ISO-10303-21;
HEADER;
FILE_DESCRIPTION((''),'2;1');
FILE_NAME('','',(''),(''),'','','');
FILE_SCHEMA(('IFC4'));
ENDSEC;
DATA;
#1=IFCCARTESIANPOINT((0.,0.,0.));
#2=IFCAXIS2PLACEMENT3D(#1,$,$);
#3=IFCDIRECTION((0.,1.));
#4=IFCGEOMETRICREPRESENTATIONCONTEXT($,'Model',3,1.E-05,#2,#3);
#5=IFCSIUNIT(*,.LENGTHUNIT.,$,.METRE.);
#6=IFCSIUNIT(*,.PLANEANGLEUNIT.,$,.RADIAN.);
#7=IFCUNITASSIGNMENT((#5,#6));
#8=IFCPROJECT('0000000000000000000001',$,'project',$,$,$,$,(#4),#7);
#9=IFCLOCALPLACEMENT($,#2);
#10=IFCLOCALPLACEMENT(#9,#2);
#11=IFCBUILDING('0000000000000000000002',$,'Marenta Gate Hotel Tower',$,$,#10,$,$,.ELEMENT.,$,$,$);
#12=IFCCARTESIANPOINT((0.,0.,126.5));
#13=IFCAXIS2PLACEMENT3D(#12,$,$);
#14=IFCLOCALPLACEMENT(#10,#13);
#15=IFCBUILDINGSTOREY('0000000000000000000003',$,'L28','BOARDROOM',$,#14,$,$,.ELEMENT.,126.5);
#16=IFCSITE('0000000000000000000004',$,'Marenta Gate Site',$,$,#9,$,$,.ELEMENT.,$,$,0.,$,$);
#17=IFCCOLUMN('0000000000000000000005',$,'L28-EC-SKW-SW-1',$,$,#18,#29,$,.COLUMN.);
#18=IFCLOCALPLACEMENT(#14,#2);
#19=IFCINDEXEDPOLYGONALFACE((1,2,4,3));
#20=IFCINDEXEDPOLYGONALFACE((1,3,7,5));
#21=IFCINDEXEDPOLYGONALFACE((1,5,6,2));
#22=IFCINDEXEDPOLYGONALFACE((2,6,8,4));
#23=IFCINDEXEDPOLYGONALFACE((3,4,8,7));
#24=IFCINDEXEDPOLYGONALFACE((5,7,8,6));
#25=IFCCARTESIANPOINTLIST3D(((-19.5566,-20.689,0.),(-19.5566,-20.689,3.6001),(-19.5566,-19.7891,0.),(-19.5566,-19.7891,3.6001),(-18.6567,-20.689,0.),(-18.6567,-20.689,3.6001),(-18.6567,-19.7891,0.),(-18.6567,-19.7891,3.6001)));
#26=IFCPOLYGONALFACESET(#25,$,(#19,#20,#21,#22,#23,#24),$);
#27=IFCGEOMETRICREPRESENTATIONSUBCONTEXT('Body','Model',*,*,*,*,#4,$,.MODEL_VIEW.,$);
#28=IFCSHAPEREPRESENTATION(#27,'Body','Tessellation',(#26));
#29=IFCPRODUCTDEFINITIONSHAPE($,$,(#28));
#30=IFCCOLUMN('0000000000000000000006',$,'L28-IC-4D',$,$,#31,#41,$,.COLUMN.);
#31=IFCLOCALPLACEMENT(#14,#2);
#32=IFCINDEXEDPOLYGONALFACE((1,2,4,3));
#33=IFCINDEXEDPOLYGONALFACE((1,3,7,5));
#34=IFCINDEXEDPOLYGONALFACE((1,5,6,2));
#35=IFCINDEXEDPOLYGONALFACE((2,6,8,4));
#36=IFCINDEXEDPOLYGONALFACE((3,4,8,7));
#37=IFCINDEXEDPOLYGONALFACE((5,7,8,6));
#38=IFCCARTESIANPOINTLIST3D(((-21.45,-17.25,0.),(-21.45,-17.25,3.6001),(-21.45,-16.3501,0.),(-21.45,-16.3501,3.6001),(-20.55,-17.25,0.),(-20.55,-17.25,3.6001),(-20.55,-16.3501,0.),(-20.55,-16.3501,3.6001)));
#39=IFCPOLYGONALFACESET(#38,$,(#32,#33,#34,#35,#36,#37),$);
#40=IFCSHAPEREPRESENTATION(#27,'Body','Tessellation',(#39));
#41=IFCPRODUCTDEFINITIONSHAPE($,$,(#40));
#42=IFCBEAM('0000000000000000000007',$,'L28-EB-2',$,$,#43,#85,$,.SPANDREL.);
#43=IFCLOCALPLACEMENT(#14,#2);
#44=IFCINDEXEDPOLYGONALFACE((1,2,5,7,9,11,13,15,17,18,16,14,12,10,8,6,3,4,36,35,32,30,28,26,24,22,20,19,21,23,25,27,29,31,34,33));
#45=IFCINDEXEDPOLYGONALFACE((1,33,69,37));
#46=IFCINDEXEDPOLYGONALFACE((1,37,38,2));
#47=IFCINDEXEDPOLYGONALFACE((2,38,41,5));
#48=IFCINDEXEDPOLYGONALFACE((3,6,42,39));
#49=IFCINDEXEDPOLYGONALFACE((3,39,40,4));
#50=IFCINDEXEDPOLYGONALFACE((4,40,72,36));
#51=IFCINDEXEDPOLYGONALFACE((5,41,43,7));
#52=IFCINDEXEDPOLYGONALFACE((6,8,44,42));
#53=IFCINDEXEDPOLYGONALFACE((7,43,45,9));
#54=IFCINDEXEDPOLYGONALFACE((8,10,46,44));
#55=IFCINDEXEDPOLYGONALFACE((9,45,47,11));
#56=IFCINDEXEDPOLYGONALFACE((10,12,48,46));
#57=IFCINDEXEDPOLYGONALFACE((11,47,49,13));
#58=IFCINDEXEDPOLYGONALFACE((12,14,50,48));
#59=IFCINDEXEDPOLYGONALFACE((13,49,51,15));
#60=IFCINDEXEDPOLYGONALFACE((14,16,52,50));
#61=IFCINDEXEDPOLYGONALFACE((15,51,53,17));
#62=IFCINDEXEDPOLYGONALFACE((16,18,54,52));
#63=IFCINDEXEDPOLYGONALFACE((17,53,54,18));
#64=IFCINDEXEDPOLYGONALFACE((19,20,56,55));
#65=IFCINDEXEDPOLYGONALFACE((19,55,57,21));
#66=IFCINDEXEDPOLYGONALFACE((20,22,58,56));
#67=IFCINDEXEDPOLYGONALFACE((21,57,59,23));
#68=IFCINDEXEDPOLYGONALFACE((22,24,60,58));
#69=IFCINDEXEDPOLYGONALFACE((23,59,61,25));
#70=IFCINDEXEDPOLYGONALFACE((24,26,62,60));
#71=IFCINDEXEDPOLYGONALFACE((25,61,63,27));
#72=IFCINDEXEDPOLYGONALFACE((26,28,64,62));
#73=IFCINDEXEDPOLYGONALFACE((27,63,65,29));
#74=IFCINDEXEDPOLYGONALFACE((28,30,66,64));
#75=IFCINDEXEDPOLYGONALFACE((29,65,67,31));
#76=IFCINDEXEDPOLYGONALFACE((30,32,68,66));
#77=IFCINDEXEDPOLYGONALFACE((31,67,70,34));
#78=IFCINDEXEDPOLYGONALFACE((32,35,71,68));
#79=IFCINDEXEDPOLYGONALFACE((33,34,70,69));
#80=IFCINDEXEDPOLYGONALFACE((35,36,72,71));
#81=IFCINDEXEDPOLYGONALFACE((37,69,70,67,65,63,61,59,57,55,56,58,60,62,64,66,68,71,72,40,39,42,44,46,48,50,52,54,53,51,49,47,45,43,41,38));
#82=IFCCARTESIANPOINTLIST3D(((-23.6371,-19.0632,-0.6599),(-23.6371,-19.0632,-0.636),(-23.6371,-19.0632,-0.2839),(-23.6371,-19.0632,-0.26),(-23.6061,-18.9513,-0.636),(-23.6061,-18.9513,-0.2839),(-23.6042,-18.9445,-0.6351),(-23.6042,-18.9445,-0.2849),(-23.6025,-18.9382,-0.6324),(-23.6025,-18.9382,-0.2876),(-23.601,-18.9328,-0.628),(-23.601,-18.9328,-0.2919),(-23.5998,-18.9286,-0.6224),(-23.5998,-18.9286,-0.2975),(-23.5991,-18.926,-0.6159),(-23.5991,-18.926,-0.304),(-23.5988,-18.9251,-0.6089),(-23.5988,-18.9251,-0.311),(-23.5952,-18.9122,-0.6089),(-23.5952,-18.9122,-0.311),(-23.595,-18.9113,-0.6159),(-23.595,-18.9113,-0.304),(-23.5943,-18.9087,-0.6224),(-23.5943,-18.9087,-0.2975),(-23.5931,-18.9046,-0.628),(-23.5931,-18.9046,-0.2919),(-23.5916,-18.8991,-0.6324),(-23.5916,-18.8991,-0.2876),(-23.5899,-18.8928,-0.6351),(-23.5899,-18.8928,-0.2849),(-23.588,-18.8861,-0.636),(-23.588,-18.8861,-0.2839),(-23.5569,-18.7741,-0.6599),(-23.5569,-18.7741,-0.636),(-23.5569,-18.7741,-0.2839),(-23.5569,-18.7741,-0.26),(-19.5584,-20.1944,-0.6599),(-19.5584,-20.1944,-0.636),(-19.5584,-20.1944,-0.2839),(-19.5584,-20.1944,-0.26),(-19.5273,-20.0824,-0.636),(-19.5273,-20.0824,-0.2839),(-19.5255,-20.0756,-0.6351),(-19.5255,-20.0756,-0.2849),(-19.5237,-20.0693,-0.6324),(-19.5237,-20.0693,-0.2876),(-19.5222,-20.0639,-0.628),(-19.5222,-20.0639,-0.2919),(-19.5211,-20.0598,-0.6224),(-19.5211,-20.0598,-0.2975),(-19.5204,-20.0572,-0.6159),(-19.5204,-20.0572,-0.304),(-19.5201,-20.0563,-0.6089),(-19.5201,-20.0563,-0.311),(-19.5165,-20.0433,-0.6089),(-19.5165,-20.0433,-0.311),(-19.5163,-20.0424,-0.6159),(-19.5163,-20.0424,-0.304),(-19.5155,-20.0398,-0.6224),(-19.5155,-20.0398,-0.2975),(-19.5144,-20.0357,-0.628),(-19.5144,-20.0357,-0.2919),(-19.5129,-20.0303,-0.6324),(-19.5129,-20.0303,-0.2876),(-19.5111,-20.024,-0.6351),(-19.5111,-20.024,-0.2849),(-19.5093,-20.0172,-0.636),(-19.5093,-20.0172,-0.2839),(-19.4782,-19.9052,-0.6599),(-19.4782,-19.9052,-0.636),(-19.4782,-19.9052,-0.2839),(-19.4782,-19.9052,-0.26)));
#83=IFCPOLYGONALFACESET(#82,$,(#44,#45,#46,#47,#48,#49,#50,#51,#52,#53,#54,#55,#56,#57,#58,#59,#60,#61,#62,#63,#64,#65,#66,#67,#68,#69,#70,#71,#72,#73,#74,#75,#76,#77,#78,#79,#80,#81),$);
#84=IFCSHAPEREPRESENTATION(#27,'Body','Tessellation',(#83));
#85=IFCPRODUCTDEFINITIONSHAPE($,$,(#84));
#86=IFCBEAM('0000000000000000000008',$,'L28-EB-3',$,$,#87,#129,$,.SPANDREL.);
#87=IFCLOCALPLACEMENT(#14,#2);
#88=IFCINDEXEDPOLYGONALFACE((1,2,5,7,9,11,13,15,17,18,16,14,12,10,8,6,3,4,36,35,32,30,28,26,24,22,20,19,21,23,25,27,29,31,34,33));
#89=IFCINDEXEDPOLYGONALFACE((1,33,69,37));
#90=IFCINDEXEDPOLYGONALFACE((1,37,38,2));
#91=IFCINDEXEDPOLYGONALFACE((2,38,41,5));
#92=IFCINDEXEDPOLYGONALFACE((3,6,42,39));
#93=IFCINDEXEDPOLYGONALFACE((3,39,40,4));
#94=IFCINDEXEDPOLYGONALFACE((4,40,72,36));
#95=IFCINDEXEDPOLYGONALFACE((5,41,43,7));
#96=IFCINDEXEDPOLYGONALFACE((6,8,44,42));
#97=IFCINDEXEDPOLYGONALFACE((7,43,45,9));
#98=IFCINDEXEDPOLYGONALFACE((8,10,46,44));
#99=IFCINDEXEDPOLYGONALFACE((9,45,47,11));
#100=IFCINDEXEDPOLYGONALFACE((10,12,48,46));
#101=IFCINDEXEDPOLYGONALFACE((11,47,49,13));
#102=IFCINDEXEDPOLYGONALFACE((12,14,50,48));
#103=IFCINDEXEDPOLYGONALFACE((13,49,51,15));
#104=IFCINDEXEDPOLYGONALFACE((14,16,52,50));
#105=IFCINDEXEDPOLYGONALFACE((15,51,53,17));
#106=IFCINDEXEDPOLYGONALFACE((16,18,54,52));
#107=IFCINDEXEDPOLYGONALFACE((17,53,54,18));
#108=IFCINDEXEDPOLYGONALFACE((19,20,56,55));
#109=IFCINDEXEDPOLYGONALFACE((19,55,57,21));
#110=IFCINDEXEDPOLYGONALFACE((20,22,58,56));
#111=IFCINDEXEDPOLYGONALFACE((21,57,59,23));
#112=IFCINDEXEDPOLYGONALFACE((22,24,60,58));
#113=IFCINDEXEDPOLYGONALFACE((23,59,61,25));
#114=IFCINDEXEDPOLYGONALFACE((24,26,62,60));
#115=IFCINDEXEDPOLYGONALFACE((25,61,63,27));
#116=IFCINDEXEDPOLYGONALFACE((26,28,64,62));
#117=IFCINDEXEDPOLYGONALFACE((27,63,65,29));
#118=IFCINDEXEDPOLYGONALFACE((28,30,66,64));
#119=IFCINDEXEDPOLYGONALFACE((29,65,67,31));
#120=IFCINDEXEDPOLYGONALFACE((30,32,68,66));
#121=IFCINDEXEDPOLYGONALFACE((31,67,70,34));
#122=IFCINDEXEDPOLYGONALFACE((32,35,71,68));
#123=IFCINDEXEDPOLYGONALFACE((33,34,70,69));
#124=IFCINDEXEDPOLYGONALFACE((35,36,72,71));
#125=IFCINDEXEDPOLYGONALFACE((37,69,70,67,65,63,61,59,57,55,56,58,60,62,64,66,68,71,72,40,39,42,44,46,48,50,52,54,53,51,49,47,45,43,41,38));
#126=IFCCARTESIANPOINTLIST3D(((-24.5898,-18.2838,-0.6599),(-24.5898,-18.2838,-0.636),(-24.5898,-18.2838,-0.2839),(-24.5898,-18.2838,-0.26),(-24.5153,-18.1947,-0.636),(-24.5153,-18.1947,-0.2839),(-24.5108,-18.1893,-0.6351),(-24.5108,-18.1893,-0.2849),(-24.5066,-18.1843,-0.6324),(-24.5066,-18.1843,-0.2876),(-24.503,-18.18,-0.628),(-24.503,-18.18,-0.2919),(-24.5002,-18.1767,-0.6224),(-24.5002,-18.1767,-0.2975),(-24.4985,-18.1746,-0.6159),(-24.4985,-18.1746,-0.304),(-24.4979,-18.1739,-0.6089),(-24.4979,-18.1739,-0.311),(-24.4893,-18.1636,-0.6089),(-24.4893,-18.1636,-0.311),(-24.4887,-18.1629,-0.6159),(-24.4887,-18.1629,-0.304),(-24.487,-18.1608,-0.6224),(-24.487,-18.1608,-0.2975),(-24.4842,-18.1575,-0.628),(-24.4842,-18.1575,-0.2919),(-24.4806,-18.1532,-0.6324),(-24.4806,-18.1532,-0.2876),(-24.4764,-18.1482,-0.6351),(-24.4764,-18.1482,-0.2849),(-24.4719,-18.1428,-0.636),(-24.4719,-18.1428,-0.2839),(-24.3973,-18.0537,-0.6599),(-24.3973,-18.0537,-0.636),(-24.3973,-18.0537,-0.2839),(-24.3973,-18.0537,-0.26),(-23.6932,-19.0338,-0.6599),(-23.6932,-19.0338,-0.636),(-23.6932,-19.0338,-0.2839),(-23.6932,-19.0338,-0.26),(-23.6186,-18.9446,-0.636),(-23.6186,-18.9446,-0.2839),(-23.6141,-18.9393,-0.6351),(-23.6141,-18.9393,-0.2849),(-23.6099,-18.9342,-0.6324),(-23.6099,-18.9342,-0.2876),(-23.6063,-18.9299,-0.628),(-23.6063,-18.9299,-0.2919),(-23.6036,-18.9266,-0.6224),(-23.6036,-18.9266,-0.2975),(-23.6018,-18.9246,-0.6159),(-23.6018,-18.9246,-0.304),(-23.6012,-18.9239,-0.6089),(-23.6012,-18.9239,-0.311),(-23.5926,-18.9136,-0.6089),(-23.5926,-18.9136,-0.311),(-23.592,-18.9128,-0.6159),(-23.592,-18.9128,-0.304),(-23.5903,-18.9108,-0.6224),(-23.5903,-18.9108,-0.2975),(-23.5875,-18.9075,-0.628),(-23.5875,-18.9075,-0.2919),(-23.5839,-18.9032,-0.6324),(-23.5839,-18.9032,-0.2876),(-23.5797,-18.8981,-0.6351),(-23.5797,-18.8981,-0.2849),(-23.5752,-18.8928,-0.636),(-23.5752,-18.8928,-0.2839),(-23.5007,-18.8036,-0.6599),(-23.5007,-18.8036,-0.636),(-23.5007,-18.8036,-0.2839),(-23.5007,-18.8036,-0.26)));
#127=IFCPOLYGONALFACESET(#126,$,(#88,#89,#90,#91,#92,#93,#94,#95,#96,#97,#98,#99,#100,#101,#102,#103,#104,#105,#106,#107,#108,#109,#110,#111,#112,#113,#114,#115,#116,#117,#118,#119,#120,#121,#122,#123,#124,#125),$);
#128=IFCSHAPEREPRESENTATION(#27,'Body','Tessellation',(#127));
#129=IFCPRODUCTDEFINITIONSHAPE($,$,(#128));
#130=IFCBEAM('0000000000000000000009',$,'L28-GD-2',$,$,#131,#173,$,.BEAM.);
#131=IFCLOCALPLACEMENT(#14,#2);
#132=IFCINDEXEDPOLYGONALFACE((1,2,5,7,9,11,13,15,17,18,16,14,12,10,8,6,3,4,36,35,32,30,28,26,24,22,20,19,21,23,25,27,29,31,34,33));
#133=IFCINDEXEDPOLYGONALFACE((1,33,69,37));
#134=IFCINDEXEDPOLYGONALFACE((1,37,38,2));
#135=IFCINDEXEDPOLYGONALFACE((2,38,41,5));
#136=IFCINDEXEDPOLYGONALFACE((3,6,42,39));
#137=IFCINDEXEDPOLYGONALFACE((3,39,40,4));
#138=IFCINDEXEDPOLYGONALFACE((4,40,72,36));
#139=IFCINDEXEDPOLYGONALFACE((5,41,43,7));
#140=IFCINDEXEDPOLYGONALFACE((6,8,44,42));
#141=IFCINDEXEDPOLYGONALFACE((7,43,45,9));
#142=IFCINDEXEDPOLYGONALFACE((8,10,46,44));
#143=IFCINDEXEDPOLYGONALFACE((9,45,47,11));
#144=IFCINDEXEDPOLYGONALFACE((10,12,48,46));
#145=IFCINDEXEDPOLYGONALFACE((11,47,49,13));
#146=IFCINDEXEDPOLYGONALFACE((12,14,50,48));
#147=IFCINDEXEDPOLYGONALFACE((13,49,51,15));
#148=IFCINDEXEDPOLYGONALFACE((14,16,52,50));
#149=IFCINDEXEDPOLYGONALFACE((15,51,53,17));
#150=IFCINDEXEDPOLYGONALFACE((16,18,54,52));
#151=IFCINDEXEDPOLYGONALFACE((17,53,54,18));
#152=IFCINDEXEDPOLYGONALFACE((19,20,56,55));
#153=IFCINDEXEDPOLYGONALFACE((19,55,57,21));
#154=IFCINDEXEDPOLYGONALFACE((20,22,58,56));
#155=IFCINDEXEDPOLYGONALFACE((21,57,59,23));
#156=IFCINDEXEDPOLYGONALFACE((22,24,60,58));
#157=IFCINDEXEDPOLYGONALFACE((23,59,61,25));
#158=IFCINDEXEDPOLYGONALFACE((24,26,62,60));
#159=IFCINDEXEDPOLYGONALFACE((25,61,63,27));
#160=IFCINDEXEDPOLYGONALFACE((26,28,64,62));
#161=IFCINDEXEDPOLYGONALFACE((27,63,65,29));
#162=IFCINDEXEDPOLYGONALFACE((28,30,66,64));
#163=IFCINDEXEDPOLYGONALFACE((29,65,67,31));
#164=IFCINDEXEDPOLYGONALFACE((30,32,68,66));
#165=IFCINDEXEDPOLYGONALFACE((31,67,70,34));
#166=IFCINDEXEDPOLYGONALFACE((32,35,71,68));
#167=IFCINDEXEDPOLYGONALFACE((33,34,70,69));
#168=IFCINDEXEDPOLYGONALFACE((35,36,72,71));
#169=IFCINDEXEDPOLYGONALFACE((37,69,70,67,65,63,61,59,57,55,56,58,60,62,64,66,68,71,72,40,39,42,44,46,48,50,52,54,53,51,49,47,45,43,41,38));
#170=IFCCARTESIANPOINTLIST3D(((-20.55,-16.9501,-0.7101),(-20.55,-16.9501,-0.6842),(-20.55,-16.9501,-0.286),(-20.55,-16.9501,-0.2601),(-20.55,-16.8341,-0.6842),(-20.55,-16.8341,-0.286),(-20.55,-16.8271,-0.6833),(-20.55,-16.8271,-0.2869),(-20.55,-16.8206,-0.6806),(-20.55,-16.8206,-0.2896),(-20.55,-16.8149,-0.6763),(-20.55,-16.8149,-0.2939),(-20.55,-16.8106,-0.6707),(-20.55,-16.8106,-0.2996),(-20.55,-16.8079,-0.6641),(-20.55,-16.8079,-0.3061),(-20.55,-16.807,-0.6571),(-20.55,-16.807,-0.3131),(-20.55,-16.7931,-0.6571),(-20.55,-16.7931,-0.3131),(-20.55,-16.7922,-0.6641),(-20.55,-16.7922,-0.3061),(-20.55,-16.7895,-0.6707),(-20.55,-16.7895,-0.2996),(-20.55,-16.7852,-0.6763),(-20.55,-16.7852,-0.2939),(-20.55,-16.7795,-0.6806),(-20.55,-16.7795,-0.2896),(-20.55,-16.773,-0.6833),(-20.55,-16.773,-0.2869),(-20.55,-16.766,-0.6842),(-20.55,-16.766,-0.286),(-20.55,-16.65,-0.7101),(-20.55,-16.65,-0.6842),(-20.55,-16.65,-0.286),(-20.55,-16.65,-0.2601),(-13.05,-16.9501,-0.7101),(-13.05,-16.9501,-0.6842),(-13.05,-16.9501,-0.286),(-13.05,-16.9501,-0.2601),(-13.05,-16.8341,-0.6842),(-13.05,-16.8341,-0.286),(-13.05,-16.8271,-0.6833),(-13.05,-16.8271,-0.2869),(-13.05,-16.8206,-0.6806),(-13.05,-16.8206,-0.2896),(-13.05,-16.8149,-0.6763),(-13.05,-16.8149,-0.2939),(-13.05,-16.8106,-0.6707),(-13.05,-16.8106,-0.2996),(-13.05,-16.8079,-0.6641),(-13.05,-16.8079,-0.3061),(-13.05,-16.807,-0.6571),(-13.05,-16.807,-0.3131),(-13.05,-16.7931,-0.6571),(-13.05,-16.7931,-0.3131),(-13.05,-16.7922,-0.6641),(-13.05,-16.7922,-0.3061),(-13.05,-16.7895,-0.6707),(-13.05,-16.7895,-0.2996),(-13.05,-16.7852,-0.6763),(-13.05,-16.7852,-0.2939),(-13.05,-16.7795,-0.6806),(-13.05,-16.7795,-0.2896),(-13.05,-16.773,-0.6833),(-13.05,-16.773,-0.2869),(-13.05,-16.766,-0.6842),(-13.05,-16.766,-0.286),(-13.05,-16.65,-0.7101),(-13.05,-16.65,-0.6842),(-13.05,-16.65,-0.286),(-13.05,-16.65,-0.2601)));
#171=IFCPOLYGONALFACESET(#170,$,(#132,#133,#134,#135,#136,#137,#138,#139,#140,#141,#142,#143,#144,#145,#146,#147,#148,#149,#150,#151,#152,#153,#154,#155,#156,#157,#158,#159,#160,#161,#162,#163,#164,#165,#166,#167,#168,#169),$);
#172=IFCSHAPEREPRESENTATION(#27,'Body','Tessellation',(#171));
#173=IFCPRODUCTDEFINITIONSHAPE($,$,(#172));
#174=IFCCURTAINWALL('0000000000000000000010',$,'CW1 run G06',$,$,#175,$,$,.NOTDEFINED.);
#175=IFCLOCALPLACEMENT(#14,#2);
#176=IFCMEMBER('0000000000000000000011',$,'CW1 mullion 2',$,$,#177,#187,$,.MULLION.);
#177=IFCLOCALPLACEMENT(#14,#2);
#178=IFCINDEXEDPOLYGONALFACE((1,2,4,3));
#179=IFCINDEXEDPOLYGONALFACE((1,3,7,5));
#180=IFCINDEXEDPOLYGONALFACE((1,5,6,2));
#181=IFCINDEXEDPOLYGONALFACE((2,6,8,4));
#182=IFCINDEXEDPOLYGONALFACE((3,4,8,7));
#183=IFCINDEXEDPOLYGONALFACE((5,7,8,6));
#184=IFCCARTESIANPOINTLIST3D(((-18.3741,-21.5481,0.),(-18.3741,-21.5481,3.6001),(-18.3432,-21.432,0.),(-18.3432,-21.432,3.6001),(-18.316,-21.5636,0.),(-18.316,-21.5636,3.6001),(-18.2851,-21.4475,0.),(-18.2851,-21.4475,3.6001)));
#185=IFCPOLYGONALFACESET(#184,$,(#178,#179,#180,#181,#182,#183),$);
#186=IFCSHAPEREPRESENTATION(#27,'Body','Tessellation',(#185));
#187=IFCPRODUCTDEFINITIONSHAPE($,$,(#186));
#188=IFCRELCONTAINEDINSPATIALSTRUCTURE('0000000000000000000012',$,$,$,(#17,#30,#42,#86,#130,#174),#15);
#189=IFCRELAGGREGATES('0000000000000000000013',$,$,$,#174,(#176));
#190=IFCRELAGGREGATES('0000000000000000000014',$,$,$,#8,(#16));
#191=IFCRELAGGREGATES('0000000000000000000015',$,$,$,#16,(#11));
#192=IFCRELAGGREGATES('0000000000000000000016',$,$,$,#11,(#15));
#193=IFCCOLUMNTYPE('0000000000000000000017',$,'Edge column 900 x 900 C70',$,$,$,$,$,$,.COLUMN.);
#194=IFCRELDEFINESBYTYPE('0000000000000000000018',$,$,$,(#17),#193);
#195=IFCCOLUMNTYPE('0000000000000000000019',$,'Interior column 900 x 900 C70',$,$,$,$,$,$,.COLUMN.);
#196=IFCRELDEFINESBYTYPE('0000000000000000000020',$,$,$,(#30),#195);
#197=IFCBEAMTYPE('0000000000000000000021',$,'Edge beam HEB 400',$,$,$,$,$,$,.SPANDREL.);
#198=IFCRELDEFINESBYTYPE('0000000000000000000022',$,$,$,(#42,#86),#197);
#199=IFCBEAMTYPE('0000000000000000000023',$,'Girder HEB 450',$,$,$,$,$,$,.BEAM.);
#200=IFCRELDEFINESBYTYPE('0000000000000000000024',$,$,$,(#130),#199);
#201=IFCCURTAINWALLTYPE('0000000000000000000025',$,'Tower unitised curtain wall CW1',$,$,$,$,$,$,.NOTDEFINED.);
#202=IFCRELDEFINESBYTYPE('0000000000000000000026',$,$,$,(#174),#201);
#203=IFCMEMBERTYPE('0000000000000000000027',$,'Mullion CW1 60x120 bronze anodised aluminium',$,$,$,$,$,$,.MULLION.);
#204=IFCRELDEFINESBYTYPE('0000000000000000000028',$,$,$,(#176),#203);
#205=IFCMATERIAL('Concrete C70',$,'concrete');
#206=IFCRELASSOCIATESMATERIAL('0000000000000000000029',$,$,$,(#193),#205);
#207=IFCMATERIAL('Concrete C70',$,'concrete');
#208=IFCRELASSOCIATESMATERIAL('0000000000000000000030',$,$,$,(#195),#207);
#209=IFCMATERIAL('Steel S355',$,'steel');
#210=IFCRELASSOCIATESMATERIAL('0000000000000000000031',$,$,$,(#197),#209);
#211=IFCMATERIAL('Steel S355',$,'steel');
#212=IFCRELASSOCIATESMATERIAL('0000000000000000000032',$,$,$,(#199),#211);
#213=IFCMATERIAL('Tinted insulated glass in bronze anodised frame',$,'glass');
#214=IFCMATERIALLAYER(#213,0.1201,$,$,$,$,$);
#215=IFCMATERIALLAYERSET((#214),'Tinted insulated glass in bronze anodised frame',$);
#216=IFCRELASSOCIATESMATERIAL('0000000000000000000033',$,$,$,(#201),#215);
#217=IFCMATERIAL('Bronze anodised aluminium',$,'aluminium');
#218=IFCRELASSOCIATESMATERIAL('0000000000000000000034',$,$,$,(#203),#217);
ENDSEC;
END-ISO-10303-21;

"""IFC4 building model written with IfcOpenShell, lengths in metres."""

from ifc_helpers import new_model, si_unit, direction, frame, origin, origin_2d, place, context, subcontext, project, spatial, rectangle, i_section, extrude, material, layer, layer_set, material_profile, profile_set, type_object, element, aggregate, save


model = new_model("IFC4")

# Units and contexts
model_context = context("Model", 3, precision=1e-05, world=origin(), true_north=direction((0.0, 1.0)))
body_context = subcontext(model_context, "Body", "Model", "MODEL_VIEW")
ifc_project = project(units=[si_unit("LENGTHUNIT", "METRE"), si_unit("PLANEANGLEUNIT", "RADIAN")], contexts=[model_context])

# Site, building, storey
site_placement = place(None, origin())
site = spatial("IfcSite", under=ifc_project, at=site_placement, Name="Marenta Gate Site", CompositionType="ELEMENT", RefElevation=0.0)
building_placement = place(site_placement, origin())
building = spatial("IfcBuilding", under=site, at=building_placement, Name="Marenta Gate Hotel Tower", CompositionType="ELEMENT")
storey_placement = place(building_placement, frame((0.0, 0.0, 126.5)))
storey = spatial("IfcBuildingStorey", under=building, at=storey_placement, Name="L28", Description="BOARDROOM", CompositionType="ELEMENT", Elevation=126.5)

# Columns
ifc_material_1 = material(Name="Concrete C70", Category="concrete")
ifc_material_profile_1 = material_profile(ifc_material_1, rectangle(XDim=0.8999, YDim=0.8999, at=origin_2d()), Name="900 x 900")
ifc_profile_set_1 = profile_set([ifc_material_profile_1], Name="Concrete C70")
column_type_1 = type_object("IfcColumnType", Name="Edge column 900 x 900 C70", PredefinedType="COLUMN", material=ifc_profile_set_1)
column_1_placement = place(storey_placement, frame((-19.1067, -20.239, 0.0), z_axis=(0.0, 0.0, 1.0), x_axis=(1.0, 0.0, 0.0)))
element("IfcColumn", 1, at=column_1_placement, inside=storey, type_object=column_type_1, Name="L28-EC-SKW-SW-1", PredefinedType="COLUMN", context=body_context, shape_type="SweptSolid", body=[
    extrude(rectangle(XDim=0.8999, YDim=0.8999, at=origin_2d()), origin(), (0.0, 0.0, 1.0), 3.6001),
])
ifc_material_2 = material(Name="Concrete C70", Category="concrete")
ifc_material_profile_2 = material_profile(ifc_material_2, rectangle(XDim=0.8999, YDim=0.8999, at=origin_2d()), Name="900 x 900")
ifc_profile_set_2 = profile_set([ifc_material_profile_2], Name="Concrete C70")
column_type_2 = type_object("IfcColumnType", Name="Interior column 900 x 900 C70", PredefinedType="COLUMN", material=ifc_profile_set_2)
column_2_placement = place(storey_placement, frame((-21.0, -16.8, 0.0), z_axis=(0.0, 0.0, 1.0), x_axis=(1.0, 0.0, 0.0)))
element("IfcColumn", 2, at=column_2_placement, inside=storey, type_object=column_type_2, Name="L28-IC-4D", PredefinedType="COLUMN", context=body_context, shape_type="SweptSolid", body=[
    extrude(rectangle(XDim=0.8999, YDim=0.8999, at=origin_2d()), origin(), (0.0, 0.0, 1.0), 3.6001),
])

# Beams
ifc_material_3 = material(Name="Steel S355", Category="steel")
ifc_material_profile_3 = material_profile(ifc_material_3, i_section(OverallWidth=0.3, OverallDepth=0.3999, WebThickness=0.0134, FlangeThickness=0.0239, FilletRadius=0.0271, at=origin_2d()), Name="HEB 400")
ifc_profile_set_3 = profile_set([ifc_material_profile_3], Name="Steel S355")
beam_type_1 = type_object("IfcBeamType", Name="Edge beam HEB 400", PredefinedType="SPANDREL", material=ifc_profile_set_3)
beam_1_placement = place(storey_placement, frame((-19.5183, -20.0498, -0.46), z_axis=(-0.96363, 0.267239, 0.0), x_axis=(-0.267239, -0.96363, 0.0)))
element("IfcBeam", 3, at=beam_1_placement, inside=storey, type_object=beam_type_1, Name="L28-EB-2", PredefinedType="SPANDREL", context=body_context, shape_type="SweptSolid", body=[
    extrude(i_section(OverallWidth=0.3, OverallDepth=0.3999, WebThickness=0.0134, FlangeThickness=0.0239, FilletRadius=0.0271, at=origin_2d()), origin(), (0.0, 0.0, 1.0), 4.2327),
])
beam_2_placement = place(storey_placement, frame((-23.5969, -18.9187, -0.46), z_axis=(-0.767073, 0.64156, 0.0), x_axis=(-0.64156, -0.767073, 0.0)))
element("IfcBeam", 4, at=beam_2_placement, inside=storey, type_object=beam_type_1, Name="L28-EB-3", PredefinedType="SPANDREL", context=body_context, shape_type="SweptSolid", body=[
    extrude(i_section(OverallWidth=0.3, OverallDepth=0.3999, WebThickness=0.0134, FlangeThickness=0.0239, FilletRadius=0.0271, at=origin_2d()), origin(), (0.0, 0.0, 1.0), 1.1689),
])
ifc_material_4 = material(Name="Steel S355", Category="steel")
ifc_material_profile_4 = material_profile(ifc_material_4, i_section(OverallWidth=0.3, OverallDepth=0.45, WebThickness=0.0139, FlangeThickness=0.0259, FilletRadius=0.0271, at=origin_2d()), Name="HEB 450")
ifc_profile_set_4 = profile_set([ifc_material_profile_4], Name="Steel S355")
beam_type_2 = type_object("IfcBeamType", Name="Girder HEB 450", PredefinedType="BEAM", material=ifc_profile_set_4)
beam_3_placement = place(storey_placement, frame((-20.55, -16.8, -0.4851), z_axis=(1.0, 0.0, 0.0), x_axis=(0.0, 1.0, 0.0)))
element("IfcBeam", 5, at=beam_3_placement, inside=storey, type_object=beam_type_2, Name="L28-GD-2", PredefinedType="BEAM", context=body_context, shape_type="SweptSolid", body=[
    extrude(i_section(OverallWidth=0.3, OverallDepth=0.45, WebThickness=0.0139, FlangeThickness=0.0259, FilletRadius=0.0271, at=origin_2d()), origin(), (0.0, 0.0, 1.0), 7.5),
])

# Curtain wall, member
ifc_material_5 = material(Name="Tinted insulated glass in bronze anodised frame", Category="glass")
ifc_layer_1 = layer(ifc_material_5, 0.1201)
ifc_layer_set_1 = layer_set([ifc_layer_1], Name="Tinted insulated glass in bronze anodised frame")
curtain_wall_type = type_object("IfcCurtainWallType", Name="Tower unitised curtain wall CW1", PredefinedType="NOTDEFINED", material=ifc_layer_set_1)
curtain_wall_placement = place(storey_placement, origin())
curtain_wall = element("IfcCurtainWall", 6, at=curtain_wall_placement, inside=storey, type_object=curtain_wall_type, Name="CW1 run G06", PredefinedType="NOTDEFINED")
ifc_material_6 = material(Name="Bronze anodised aluminium", Category="aluminium")
ifc_material_profile_5 = material_profile(ifc_material_6, rectangle(XDim=0.1201, YDim=0.0601, at=origin_2d()), Name="Mullion CW1 60x120 bronze anodised aluminium")
ifc_profile_set_5 = profile_set([ifc_material_profile_5], Name="Bronze anodised aluminium")
member_type_1 = type_object("IfcMemberType", Name="Mullion CW1 60x120 bronze anodised aluminium", PredefinedType="MULLION", material=ifc_profile_set_5)
member_1_placement = place(storey_placement, frame((-18.3296, -21.4978, 0.0), z_axis=(0.0, 0.0, 1.0), x_axis=(0.257144, 0.966373, 0.0)))
member_1 = element("IfcMember", 7, at=member_1_placement, type_object=member_type_1, Name="CW1 mullion 2", PredefinedType="MULLION", context=body_context, shape_type="SweptSolid", body=[
    extrude(rectangle(XDim=0.1201, YDim=0.0601, at=origin_2d()), origin(), (0.0, 0.0, 1.0), 3.6001),
])
aggregate(curtain_wall, [member_1])

save(model, "model.ifc")
